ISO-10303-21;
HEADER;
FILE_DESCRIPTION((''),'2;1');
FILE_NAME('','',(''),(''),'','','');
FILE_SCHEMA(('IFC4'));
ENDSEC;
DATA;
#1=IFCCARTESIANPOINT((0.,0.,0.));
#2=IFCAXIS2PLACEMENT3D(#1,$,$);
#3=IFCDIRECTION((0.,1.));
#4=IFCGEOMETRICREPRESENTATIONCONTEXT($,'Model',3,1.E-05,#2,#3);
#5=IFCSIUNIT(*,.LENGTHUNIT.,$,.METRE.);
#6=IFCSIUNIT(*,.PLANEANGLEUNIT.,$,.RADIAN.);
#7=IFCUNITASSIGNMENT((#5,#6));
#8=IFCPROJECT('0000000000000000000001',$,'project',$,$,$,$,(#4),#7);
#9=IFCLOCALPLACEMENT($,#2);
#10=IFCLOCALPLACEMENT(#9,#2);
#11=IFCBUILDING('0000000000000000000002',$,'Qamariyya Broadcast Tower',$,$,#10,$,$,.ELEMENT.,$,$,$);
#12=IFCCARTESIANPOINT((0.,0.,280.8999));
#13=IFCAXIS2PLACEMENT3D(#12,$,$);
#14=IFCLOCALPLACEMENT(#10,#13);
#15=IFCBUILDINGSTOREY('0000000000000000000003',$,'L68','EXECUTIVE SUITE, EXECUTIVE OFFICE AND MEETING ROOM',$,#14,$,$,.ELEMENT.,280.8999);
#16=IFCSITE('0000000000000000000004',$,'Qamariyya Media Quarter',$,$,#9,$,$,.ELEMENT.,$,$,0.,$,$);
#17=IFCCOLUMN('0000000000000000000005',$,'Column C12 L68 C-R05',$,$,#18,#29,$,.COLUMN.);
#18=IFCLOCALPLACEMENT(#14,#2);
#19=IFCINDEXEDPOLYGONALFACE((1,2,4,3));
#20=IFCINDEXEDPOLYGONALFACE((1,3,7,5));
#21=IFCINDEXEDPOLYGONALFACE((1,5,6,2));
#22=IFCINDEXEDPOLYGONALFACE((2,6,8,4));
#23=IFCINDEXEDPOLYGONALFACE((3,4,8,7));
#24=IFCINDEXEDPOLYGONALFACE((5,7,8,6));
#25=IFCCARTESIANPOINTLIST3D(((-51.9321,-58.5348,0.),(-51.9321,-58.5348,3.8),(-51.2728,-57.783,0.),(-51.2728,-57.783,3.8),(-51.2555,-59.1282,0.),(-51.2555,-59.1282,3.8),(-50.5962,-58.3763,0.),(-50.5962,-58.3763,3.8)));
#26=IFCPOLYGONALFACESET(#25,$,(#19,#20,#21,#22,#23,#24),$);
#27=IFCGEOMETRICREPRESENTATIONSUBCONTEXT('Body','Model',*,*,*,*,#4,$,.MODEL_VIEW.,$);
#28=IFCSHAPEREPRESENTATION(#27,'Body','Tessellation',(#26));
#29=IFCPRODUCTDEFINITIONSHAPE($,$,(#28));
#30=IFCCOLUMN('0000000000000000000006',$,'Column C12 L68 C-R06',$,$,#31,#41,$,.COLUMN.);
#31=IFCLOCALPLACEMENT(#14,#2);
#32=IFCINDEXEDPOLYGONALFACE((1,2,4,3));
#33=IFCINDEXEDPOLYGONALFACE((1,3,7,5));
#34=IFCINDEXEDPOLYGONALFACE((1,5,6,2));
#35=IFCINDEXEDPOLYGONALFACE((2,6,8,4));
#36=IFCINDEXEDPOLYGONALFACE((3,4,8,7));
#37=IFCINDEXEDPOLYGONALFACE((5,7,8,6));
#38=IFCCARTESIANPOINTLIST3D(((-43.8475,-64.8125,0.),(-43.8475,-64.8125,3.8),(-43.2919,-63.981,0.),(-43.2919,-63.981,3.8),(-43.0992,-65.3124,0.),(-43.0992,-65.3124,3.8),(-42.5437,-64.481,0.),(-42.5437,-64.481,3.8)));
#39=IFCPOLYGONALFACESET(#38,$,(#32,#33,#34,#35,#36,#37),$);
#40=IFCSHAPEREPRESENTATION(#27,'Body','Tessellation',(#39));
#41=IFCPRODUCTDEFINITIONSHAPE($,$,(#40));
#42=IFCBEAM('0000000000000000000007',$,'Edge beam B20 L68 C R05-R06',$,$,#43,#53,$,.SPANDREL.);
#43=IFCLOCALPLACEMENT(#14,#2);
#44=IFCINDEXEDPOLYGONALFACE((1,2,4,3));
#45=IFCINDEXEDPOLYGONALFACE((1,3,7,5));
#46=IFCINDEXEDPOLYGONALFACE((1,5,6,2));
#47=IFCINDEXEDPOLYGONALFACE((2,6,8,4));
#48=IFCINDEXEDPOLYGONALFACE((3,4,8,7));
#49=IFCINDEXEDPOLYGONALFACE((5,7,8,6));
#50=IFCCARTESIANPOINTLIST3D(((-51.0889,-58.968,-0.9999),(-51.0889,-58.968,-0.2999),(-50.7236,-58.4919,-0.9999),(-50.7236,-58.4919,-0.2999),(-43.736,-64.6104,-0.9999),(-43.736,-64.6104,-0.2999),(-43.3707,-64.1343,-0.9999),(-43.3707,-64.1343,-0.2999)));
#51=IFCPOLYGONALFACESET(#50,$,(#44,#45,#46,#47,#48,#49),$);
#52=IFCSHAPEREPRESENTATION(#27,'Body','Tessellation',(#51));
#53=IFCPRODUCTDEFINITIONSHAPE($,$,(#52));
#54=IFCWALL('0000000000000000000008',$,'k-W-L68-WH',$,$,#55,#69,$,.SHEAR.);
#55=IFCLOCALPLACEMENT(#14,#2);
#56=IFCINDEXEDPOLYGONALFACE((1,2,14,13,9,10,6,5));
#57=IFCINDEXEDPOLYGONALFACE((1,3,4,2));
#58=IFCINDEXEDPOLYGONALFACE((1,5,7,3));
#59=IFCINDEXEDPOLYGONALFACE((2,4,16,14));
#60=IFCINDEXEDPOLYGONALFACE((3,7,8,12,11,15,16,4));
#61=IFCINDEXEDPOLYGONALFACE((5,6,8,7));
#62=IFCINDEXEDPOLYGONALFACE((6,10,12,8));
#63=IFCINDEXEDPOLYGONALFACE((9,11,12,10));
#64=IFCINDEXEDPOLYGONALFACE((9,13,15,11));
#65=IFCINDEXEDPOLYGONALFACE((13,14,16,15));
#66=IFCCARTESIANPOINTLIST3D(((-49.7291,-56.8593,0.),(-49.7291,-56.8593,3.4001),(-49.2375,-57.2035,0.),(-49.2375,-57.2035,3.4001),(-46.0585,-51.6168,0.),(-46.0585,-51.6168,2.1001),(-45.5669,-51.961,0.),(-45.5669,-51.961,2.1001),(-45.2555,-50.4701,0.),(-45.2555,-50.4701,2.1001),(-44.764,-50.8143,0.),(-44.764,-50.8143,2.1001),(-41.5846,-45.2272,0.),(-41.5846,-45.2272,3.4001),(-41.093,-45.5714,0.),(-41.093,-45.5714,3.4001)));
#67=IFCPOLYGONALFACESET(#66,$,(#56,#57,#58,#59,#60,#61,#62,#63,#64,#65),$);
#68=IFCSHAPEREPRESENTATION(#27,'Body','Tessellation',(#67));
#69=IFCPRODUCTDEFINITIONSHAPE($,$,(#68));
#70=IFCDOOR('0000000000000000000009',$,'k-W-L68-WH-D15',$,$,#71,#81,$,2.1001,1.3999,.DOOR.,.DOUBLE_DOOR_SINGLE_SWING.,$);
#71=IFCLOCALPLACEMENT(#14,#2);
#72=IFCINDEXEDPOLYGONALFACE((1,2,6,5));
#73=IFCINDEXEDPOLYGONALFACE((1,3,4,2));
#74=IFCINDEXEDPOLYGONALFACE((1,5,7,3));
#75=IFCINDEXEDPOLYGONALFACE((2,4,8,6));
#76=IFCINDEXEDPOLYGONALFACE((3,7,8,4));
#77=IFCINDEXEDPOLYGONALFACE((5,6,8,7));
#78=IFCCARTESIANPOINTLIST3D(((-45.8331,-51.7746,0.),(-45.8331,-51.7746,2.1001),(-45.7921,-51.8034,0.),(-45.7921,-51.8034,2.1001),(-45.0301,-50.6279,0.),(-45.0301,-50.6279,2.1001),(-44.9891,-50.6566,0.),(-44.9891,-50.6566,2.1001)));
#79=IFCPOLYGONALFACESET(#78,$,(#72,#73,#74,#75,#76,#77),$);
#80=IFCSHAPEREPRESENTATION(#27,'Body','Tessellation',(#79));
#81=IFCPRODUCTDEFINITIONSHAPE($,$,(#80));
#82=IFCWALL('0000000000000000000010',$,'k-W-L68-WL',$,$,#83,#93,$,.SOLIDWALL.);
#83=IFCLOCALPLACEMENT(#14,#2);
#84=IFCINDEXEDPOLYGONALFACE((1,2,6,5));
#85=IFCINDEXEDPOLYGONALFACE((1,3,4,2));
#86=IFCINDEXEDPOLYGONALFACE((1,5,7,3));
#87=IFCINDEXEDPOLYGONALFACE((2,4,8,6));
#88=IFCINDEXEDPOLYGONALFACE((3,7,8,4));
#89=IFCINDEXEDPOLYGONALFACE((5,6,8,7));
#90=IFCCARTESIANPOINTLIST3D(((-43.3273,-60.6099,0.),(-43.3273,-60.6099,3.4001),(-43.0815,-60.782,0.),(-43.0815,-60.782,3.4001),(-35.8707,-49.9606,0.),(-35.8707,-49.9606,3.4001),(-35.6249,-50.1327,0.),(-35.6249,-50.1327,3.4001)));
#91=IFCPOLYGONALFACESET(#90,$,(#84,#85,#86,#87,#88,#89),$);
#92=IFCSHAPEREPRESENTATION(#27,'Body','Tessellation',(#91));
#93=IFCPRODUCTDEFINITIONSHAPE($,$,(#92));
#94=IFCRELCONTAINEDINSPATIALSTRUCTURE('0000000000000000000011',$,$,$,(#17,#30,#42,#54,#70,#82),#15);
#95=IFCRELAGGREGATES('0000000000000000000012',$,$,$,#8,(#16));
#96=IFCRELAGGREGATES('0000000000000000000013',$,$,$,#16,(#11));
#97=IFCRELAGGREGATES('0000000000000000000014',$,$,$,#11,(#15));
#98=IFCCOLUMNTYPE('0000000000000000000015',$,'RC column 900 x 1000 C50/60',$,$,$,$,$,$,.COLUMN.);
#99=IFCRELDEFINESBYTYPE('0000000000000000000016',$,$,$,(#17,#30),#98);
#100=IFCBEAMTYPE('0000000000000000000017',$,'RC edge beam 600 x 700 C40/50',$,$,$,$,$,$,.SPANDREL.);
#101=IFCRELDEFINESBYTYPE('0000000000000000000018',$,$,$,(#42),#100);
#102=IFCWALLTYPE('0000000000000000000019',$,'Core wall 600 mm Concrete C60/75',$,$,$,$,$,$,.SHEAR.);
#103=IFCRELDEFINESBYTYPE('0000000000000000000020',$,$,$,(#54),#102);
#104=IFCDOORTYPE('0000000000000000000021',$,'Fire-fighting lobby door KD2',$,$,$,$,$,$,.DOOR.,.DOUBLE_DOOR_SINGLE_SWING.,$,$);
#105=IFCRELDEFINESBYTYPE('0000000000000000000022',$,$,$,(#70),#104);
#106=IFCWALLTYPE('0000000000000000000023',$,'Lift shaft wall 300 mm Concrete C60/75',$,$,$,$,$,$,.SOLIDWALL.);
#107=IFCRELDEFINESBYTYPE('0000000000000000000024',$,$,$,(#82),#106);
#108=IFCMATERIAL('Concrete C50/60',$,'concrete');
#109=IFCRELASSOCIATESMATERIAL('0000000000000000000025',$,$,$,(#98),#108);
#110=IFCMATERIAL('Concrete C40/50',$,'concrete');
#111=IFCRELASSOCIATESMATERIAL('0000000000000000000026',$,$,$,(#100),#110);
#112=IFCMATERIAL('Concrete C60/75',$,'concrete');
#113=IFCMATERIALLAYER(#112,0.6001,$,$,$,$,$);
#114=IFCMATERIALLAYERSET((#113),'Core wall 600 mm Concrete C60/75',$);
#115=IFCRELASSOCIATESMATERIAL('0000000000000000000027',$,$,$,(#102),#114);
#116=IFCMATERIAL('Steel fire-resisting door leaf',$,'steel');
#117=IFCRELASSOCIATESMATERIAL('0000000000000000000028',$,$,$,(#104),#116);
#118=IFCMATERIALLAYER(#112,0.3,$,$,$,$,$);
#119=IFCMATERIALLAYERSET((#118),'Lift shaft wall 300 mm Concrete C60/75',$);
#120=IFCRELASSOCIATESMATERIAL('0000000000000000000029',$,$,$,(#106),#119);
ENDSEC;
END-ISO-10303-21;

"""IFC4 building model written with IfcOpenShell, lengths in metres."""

from ifc_helpers import new_model, si_unit, direction, frame, frame_2d, origin, origin_2d, place, context, subcontext, project, spatial, rectangle, extrude, material, layer, layer_set, material_profile, profile_set, type_object, element, fill, save


model = new_model("IFC4")

# Units and contexts
model_context = context("Model", 3, precision=1e-05, world=origin(), true_north=direction((0.0, 1.0)))
body_context = subcontext(model_context, "Body", "Model", "MODEL_VIEW")
ifc_project = project(units=[si_unit("LENGTHUNIT", "METRE"), si_unit("PLANEANGLEUNIT", "RADIAN")], contexts=[model_context])

# Site, building, storey
site_placement = place(None, origin())
site = spatial("IfcSite", under=ifc_project, at=site_placement, Name="Qamariyya Media Quarter", CompositionType="ELEMENT", RefElevation=0.0)
building_placement = place(site_placement, origin())
building = spatial("IfcBuilding", under=site, at=building_placement, Name="Qamariyya Broadcast Tower", CompositionType="ELEMENT")
storey_placement = place(building_placement, frame((0.0, 0.0, 280.8999)))
storey = spatial("IfcBuildingStorey", under=building, at=storey_placement, Name="L68", Description="EXECUTIVE SUITE, EXECUTIVE OFFICE AND MEETING ROOM", CompositionType="ELEMENT", Elevation=280.8999)

# Columns
ifc_material_1 = material(Name="Concrete C50/60", Category="concrete")
ifc_material_profile_1 = material_profile(ifc_material_1, rectangle(XDim=0.8999, YDim=1.0, at=origin_2d()))
ifc_profile_set_1 = profile_set([ifc_material_profile_1], Name="Concrete C50/60")
column_type = type_object("IfcColumnType", Name="RC column 900 x 1000 C50/60", PredefinedType="COLUMN", material=ifc_profile_set_1)
for number, where, z_axis, x_axis, name in (
    (1, (-51.2642, -58.4556, 0.0), (0.0, 0.0, 1.0), (0.75184, -0.659346, 0.0), "Column C12 L68 C-R05"),
    (2, (-43.1956, -64.6467, 0.0), (0.0, 0.0, 1.0), (0.83147, -0.55557, 0.0), "Column C12 L68 C-R06"),
):
    element("IfcColumn", number, at=place(storey_placement, frame(where, z_axis=z_axis, x_axis=x_axis)), inside=storey, type_object=column_type, Name=name, PredefinedType="COLUMN", context=body_context, shape_type="SweptSolid", body=[
        extrude(rectangle(XDim=0.8999, YDim=1.0, at=origin_2d()), origin(), (0.0, 0.0, 1.0), 3.8),
    ])

# Beam
ifc_material_2 = material(Name="Concrete C40/50", Category="concrete")
ifc_material_profile_2 = material_profile(ifc_material_2, rectangle(XDim=0.6001, YDim=0.7, at=origin_2d()))
ifc_profile_set_2 = profile_set([ifc_material_profile_2], Name="Concrete C40/50")
beam_type = type_object("IfcBeamType", Name="RC edge beam 600 x 700 C40/50", PredefinedType="SPANDREL", material=ifc_profile_set_2)
beam_placement = place(storey_placement, frame((-50.9062, -58.73, -0.6499), z_axis=(0.793335, -0.608785, 0.0), x_axis=(0.608785, 0.793335, 0.0)))
element("IfcBeam", 3, at=beam_placement, inside=storey, type_object=beam_type, Name="Edge beam B20 L68 C R05-R06", PredefinedType="SPANDREL", context=body_context, shape_type="SweptSolid", body=[
    extrude(rectangle(XDim=0.6001, YDim=0.7, at=origin_2d()), origin(), (0.0, 0.0, 1.0), 9.2683),
])

# Wall, opening, door
ifc_material_3 = material(Name="Concrete C60/75", Category="concrete")
ifc_layer_1 = layer(ifc_material_3, 0.6001)
ifc_layer_set_1 = layer_set([ifc_layer_1], Name="Core wall 600 mm Concrete C60/75")
wall_type_1 = type_object("IfcWallType", Name="Core wall 600 mm Concrete C60/75", PredefinedType="SHEAR", material=ifc_layer_set_1)
wall_1_placement = place(storey_placement, frame((-49.4834, -57.0315, 0.0), z_axis=(0.0, 0.0, 1.0), x_axis=(0.57356, 0.819163, 0.0)))
wall_1 = element("IfcWall", 4, at=wall_1_placement, inside=storey, type_object=wall_type_1, Name="k-W-L68-WH", PredefinedType="SHEAR", context=body_context, shape_type="SweptSolid", body=[
    extrude(rectangle(XDim=14.2, YDim=0.6001, at=frame_2d((7.1001, 0.0))), origin(), (0.0, 0.0, 1.0), 3.4001),
])
opening_placement = place(wall_1_placement, frame((6.3999, 0.0, 0.0)))
opening = element("IfcOpeningElement", 5, at=opening_placement, cuts=wall_1, PredefinedType="OPENING", context=body_context, shape_type="SweptSolid", body=[
    extrude(rectangle(XDim=1.3999, YDim=2.1001, at=frame_2d((0.7, 1.05))), frame((0.0, 0.3101, 0.0), z_axis=(0.0, -1.0, 0.0), x_axis=(1.0, 0.0, 0.0)), (0.0, 0.0, 1.0), 0.6201),
])
ifc_material_4 = material(Name="Steel fire-resisting door leaf", Category="steel")
door_type = type_object("IfcDoorType", Name="Fire-fighting lobby door KD2", OperationType="DOUBLE_DOOR_SINGLE_SWING", PredefinedType="DOOR", material=ifc_material_4)
door_placement = place(opening_placement, origin())
door = element("IfcDoor", 6, at=door_placement, inside=storey, type_object=door_type, Name="k-W-L68-WH-D15", OperationType="DOUBLE_DOOR_SINGLE_SWING", OverallHeight=2.1001, OverallWidth=1.3999, PredefinedType="DOOR", context=body_context, shape_type="SweptSolid", body=[
    extrude(rectangle(XDim=1.3999, YDim=2.1001, at=frame_2d((0.7, 1.05))), frame((0.0, 0.0249, 0.0), z_axis=(0.0, -1.0, 0.0), x_axis=(1.0, 0.0, 0.0)), (0.0, 0.0, 1.0), 0.05),
])
fill(opening, door)

# Wall
ifc_layer_2 = layer(ifc_material_3, 0.3)
ifc_layer_set_2 = layer_set([ifc_layer_2], Name="Lift shaft wall 300 mm Concrete C60/75")
wall_type_2 = type_object("IfcWallType", Name="Lift shaft wall 300 mm Concrete C60/75", PredefinedType="SOLIDWALL", material=ifc_layer_set_2)
wall_2_placement = place(storey_placement, frame((-43.2043, -60.6958, 0.0), z_axis=(0.0, 0.0, 1.0), x_axis=(0.573572, 0.819155, 0.0)))
element("IfcWall", 7, at=wall_2_placement, inside=storey, type_object=wall_type_2, Name="k-W-L68-WL", PredefinedType="SOLIDWALL", context=body_context, shape_type="SweptSolid", body=[
    extrude(rectangle(XDim=13.0002, YDim=0.3, at=frame_2d((6.5, 0.0))), origin(), (0.0, 0.0, 1.0), 3.4001),
])

save(model, "model.ifc")
